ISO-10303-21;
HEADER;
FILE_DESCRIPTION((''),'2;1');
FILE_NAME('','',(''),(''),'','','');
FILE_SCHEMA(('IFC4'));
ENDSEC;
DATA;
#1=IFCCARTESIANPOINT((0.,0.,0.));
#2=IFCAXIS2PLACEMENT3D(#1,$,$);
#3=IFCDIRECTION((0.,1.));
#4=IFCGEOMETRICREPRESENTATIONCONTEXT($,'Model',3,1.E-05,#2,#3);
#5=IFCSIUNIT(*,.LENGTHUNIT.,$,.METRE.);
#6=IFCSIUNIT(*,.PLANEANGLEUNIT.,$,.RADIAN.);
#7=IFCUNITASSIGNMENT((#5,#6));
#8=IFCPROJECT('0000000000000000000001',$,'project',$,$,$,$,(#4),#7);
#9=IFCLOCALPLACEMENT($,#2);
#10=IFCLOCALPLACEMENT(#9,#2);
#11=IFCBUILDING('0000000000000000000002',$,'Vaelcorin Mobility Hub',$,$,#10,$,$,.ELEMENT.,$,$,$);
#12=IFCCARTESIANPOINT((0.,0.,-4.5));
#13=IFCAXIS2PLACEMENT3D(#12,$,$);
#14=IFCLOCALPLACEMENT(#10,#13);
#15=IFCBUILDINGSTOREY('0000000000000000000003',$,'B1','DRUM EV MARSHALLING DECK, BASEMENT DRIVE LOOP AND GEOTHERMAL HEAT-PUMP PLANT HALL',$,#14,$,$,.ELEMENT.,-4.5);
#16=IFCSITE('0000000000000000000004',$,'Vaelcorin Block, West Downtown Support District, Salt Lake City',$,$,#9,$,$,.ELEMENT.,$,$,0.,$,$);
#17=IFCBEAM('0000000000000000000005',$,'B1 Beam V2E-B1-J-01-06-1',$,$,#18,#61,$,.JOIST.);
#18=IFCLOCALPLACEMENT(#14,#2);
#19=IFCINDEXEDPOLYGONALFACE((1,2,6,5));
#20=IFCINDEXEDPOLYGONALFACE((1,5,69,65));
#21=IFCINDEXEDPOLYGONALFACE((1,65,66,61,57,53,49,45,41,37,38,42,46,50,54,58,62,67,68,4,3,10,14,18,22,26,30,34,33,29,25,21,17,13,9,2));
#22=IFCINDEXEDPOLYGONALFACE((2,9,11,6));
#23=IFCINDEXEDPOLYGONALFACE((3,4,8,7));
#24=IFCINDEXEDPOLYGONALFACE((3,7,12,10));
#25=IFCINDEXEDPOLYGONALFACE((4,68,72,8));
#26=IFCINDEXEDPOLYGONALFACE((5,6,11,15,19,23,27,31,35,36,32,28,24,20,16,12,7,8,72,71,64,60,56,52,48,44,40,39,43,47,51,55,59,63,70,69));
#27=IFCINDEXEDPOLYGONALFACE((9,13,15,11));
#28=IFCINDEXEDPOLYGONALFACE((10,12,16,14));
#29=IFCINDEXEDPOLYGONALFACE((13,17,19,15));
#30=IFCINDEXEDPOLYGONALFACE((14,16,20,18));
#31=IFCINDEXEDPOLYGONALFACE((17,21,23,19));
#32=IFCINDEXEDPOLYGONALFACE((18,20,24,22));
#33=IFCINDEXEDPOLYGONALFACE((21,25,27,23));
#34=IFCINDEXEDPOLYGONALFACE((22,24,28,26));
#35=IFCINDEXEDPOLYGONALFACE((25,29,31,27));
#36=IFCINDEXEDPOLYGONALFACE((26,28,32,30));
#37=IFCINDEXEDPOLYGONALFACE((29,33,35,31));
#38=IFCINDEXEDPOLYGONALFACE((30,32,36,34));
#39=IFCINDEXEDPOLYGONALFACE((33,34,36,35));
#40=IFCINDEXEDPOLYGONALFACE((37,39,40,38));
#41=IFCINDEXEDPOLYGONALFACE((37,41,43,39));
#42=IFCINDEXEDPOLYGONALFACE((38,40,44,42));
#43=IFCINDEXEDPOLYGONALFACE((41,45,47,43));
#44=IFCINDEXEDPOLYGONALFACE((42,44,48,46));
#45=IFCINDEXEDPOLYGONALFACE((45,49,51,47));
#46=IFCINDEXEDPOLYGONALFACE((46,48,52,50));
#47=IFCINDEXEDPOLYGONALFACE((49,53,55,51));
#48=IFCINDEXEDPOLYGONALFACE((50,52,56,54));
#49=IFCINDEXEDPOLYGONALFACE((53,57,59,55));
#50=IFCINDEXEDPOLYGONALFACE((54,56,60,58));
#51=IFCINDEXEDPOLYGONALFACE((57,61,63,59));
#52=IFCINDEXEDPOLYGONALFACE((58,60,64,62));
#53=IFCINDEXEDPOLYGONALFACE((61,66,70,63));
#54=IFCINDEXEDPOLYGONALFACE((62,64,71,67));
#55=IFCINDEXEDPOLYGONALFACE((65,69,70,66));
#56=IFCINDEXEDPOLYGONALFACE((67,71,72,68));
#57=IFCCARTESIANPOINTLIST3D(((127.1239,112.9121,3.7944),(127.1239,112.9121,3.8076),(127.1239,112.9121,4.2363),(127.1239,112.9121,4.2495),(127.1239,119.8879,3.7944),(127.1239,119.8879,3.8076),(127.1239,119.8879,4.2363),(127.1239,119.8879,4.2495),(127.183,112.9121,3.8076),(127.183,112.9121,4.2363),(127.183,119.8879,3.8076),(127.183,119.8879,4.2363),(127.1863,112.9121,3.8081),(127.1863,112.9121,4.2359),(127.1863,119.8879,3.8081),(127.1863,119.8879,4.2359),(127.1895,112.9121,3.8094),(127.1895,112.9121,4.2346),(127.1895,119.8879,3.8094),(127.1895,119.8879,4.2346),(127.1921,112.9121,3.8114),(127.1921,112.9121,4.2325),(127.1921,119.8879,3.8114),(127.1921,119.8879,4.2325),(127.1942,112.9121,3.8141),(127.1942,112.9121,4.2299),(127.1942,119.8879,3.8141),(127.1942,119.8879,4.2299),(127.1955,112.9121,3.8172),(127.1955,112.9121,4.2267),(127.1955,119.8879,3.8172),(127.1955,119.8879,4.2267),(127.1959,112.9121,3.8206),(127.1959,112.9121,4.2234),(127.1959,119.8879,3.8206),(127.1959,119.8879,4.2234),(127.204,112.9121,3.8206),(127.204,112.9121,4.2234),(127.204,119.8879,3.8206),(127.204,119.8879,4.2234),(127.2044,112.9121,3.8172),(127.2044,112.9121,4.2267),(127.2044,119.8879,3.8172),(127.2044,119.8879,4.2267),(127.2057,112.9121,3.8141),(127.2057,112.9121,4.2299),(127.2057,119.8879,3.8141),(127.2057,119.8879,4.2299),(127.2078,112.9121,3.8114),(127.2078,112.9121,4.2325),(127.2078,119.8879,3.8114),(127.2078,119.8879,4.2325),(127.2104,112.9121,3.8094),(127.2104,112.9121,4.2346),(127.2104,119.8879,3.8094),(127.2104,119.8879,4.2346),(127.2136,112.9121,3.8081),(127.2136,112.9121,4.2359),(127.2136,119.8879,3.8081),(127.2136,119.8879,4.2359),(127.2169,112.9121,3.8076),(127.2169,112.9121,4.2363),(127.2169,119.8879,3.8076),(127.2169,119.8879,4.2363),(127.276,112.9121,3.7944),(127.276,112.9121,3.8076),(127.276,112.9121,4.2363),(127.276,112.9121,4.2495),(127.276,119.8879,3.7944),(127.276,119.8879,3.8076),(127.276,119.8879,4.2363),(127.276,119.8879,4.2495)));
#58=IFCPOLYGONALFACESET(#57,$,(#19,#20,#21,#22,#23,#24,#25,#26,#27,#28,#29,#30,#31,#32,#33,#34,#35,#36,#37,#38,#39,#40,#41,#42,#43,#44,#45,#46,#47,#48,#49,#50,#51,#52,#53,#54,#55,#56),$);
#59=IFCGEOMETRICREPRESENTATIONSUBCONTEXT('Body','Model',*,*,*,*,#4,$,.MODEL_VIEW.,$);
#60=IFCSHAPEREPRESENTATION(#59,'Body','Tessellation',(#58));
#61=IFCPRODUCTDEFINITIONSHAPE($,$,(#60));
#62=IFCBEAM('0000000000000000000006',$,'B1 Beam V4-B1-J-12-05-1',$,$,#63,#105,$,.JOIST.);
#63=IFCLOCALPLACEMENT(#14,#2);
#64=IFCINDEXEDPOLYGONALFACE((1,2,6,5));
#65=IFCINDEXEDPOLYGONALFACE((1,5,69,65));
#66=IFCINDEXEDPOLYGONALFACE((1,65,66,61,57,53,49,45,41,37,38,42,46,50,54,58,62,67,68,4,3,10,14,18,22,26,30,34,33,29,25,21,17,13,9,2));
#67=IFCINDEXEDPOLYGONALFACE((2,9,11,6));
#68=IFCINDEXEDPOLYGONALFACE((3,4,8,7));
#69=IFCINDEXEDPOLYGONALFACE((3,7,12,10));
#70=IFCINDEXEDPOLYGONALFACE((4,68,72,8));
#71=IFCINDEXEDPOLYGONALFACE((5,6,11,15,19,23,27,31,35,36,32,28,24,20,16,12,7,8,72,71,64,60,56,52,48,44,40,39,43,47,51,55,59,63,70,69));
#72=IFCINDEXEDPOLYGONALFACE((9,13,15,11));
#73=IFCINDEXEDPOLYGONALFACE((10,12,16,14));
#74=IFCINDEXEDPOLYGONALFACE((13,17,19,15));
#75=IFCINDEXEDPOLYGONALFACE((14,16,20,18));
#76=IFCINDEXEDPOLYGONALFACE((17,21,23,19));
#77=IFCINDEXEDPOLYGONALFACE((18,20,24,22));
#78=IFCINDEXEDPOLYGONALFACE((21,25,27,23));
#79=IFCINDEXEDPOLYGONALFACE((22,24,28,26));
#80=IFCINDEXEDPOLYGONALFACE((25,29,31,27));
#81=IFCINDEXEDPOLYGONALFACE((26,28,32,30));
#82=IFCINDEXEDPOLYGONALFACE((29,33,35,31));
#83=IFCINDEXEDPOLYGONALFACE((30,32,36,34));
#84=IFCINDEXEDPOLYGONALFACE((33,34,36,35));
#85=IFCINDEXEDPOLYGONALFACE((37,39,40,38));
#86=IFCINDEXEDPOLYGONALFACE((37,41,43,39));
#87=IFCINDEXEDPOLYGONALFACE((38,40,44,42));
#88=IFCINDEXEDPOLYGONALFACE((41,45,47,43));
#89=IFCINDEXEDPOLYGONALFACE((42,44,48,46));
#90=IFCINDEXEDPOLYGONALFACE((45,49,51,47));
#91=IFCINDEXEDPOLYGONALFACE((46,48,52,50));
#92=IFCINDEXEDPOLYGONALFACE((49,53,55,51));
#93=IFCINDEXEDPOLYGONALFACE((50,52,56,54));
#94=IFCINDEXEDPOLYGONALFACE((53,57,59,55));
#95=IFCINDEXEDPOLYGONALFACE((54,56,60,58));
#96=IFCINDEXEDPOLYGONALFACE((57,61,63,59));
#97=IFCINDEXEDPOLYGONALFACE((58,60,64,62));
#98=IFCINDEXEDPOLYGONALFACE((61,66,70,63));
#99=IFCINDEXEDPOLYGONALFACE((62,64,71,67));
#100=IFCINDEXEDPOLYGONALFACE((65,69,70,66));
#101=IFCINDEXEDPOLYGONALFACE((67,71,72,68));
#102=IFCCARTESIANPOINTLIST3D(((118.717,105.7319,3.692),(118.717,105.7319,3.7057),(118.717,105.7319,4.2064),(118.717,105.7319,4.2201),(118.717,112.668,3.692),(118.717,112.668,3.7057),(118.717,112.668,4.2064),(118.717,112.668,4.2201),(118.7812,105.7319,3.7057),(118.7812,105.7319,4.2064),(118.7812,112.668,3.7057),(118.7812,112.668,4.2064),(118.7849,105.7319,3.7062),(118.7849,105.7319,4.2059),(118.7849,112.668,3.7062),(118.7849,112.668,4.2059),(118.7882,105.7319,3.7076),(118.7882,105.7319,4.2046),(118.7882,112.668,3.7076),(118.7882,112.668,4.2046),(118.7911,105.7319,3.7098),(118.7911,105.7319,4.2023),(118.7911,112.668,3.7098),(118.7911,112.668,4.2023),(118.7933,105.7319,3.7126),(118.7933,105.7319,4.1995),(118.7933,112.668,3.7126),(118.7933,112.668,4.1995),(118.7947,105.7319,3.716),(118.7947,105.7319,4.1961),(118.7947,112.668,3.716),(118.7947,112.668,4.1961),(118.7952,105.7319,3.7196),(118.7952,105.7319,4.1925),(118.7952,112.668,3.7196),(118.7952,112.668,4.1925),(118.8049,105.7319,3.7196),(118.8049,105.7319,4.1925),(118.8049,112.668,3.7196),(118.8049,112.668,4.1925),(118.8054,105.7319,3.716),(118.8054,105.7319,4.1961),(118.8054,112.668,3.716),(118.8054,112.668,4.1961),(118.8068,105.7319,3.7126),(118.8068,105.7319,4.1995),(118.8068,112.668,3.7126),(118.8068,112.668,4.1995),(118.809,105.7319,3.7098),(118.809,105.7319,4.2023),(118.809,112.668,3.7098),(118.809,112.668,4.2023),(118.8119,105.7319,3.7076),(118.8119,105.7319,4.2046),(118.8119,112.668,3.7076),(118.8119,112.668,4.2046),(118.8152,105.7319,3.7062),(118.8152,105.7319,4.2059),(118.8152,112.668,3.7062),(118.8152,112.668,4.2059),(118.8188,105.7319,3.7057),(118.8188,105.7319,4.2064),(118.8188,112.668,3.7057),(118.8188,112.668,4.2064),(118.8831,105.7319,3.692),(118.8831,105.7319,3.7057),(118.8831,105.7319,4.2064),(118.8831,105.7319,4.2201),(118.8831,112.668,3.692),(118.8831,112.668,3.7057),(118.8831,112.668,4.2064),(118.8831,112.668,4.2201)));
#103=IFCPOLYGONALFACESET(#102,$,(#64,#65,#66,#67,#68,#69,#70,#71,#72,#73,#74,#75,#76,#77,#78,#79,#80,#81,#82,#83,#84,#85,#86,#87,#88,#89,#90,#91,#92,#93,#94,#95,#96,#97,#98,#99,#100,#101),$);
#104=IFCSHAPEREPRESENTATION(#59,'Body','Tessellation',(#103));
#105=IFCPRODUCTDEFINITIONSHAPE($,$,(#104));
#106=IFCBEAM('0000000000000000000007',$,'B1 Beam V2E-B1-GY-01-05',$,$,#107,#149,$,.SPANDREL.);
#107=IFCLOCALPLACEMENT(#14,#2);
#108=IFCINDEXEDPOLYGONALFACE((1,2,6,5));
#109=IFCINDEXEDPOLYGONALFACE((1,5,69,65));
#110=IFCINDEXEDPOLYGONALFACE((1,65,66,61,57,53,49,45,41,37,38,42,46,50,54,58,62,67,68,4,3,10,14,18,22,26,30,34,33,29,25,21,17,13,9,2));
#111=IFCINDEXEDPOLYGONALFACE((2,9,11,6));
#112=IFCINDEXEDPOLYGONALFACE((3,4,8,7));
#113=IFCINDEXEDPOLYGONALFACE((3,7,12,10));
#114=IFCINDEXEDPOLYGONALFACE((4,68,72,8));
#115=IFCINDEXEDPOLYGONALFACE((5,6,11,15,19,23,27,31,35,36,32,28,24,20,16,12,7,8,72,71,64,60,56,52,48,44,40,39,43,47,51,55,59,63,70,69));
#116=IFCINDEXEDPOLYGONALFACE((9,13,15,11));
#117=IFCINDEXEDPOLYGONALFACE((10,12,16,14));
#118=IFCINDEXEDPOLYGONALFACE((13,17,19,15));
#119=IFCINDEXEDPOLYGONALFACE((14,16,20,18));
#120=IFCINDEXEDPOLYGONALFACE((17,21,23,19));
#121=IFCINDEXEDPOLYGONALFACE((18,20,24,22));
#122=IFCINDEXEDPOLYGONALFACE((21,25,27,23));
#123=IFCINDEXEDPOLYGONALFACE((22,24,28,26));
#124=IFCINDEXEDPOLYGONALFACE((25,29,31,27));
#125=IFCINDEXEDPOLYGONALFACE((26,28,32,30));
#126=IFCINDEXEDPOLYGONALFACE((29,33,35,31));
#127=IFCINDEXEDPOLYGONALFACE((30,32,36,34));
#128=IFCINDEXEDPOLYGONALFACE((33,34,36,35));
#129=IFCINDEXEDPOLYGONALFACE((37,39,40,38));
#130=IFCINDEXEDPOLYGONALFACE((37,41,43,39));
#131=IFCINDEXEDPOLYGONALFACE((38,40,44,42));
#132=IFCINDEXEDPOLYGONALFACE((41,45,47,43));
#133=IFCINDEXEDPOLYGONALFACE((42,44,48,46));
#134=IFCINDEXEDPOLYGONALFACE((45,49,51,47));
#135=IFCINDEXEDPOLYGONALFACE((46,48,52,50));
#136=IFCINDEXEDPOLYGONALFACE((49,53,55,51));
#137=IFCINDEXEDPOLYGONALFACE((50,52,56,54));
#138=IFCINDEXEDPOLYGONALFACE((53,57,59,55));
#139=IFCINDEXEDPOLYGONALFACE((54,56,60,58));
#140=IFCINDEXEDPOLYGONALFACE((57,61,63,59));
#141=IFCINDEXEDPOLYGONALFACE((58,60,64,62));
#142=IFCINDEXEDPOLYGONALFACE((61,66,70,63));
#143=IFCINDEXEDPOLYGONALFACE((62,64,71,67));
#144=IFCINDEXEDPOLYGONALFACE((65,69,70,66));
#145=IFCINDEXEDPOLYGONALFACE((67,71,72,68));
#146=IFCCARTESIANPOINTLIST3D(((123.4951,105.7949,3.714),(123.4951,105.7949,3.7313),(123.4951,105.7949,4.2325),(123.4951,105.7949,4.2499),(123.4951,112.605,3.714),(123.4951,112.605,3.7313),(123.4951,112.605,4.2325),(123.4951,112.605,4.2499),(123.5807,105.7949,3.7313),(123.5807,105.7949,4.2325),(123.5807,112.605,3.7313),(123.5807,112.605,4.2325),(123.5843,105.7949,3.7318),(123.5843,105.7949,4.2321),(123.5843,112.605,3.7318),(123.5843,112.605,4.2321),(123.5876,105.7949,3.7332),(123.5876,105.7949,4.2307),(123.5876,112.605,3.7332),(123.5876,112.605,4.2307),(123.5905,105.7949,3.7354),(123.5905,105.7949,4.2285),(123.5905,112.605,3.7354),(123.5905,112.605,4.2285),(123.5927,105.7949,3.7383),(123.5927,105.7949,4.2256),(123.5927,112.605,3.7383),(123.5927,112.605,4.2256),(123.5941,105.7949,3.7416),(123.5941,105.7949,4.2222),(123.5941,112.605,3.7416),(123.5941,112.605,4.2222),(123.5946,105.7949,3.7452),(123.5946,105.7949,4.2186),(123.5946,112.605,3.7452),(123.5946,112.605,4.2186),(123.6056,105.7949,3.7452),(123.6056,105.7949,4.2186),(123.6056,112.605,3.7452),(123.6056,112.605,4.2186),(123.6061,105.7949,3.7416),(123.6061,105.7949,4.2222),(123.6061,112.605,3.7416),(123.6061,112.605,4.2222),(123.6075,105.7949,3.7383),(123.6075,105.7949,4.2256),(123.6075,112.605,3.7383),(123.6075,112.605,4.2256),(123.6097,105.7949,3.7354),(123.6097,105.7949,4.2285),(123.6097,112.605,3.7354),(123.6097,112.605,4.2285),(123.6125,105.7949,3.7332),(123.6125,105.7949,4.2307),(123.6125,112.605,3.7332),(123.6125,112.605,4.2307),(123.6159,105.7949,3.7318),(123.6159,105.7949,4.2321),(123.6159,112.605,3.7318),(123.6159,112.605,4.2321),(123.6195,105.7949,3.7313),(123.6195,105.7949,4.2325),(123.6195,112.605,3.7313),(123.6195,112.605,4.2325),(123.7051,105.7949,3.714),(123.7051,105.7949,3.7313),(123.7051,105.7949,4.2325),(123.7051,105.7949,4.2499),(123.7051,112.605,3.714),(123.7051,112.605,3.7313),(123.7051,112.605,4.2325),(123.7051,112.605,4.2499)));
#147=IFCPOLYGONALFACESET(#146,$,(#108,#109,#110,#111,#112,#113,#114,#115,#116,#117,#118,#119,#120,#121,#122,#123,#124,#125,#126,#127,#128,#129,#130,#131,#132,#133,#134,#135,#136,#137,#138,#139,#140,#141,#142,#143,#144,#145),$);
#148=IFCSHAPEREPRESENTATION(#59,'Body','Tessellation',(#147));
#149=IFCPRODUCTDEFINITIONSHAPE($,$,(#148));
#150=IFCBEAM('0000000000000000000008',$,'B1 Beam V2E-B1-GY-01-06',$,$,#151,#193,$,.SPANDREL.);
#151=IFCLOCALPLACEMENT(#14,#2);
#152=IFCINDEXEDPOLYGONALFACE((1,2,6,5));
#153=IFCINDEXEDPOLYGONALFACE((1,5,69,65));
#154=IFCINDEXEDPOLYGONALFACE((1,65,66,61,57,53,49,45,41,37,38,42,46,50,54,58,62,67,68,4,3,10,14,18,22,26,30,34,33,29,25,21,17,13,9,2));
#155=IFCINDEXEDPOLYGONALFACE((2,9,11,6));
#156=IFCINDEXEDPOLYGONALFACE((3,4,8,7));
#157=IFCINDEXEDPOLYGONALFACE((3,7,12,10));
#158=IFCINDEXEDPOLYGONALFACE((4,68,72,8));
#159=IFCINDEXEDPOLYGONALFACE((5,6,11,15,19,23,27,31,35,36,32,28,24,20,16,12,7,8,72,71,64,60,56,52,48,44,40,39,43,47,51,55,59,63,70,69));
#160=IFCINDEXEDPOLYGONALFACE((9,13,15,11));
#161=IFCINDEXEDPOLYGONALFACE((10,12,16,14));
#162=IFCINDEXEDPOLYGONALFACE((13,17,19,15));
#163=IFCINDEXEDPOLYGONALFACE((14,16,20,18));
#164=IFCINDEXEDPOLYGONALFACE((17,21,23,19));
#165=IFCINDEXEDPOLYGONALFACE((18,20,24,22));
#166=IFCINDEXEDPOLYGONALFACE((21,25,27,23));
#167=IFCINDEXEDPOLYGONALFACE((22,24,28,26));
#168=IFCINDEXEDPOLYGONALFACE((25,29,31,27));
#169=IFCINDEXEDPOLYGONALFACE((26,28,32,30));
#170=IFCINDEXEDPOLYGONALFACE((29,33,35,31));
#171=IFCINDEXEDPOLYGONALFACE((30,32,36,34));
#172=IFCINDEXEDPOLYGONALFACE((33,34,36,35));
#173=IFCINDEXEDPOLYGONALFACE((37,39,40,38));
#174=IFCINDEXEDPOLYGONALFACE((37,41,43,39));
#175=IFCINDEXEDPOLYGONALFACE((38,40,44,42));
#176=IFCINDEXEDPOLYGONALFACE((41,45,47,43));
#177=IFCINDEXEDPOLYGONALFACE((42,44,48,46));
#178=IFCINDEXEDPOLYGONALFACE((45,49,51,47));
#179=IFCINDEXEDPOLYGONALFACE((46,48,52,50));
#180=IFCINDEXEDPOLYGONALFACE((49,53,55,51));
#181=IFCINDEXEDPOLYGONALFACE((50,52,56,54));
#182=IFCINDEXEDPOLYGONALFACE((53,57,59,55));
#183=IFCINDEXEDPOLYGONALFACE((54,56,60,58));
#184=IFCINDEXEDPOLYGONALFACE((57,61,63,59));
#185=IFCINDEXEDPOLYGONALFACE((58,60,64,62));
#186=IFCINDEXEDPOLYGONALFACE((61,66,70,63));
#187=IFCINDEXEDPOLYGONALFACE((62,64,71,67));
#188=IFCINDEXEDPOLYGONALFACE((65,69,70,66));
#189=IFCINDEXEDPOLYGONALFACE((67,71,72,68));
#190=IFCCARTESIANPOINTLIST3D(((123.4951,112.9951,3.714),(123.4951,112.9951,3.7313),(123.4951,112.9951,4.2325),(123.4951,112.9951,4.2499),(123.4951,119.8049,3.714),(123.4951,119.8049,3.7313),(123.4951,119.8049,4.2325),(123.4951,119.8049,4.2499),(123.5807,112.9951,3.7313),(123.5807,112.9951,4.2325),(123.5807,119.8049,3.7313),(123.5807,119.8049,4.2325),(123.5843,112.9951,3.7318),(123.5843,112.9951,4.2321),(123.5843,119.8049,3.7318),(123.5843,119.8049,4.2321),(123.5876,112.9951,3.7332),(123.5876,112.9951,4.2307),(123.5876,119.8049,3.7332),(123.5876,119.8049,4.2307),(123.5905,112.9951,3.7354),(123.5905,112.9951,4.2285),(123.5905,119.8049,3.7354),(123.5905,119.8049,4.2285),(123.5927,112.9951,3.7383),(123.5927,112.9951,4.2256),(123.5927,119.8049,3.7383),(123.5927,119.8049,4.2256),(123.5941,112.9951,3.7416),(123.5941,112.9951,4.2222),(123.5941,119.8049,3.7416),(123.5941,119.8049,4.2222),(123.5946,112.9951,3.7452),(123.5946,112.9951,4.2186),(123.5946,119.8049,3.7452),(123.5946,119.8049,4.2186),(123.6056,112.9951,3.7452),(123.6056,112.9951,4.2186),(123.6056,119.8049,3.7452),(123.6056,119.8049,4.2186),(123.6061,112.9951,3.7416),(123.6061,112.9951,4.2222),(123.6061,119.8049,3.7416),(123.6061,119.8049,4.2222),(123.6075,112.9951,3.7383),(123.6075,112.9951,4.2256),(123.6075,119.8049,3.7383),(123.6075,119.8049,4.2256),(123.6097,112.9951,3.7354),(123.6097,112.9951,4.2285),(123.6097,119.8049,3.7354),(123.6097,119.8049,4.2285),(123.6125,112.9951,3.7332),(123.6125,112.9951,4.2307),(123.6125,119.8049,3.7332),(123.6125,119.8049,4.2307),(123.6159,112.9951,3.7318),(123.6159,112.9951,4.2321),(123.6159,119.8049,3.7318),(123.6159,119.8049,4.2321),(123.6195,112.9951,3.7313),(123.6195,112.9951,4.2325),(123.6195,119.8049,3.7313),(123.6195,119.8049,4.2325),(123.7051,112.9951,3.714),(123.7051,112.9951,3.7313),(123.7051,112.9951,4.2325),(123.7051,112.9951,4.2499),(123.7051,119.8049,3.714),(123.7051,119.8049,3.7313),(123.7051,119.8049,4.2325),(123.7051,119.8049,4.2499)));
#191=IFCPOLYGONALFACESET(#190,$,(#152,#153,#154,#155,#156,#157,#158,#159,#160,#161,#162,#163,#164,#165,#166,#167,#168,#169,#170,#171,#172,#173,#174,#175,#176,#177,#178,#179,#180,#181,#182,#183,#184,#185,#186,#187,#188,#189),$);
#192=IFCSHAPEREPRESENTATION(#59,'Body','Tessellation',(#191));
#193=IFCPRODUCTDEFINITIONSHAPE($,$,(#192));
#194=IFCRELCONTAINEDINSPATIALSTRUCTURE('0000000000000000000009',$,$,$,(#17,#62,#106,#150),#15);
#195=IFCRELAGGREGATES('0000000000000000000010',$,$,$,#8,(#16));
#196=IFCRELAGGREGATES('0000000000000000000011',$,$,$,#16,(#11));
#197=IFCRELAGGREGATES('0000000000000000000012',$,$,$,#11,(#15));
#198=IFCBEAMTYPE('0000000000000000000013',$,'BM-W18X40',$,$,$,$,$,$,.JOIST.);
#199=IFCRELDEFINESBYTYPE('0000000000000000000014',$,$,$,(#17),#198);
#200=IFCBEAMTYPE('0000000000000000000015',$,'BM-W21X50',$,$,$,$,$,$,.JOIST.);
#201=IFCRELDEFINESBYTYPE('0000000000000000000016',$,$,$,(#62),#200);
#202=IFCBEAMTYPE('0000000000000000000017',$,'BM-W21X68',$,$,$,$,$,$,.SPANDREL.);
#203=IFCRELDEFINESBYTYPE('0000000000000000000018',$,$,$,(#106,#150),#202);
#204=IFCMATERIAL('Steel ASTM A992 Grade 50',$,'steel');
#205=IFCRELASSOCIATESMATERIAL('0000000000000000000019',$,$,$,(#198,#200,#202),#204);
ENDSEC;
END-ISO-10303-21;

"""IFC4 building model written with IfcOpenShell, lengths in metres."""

from ifc_helpers import new_model, si_unit, direction, frame, origin, origin_2d, place, context, subcontext, project, spatial, i_section, extrude, material, material_profile, profile_set, type_object, element, save


model = new_model("IFC4")

# Units and contexts
model_context = context("Model", 3, precision=1e-05, world=origin(), true_north=direction((0.0, 1.0)))
body_context = subcontext(model_context, "Body", "Model", "MODEL_VIEW")
ifc_project = project(units=[si_unit("LENGTHUNIT", "METRE"), si_unit("PLANEANGLEUNIT", "RADIAN")], contexts=[model_context])

# Site, building, storey
site_placement = place(None, origin())
site = spatial("IfcSite", under=ifc_project, at=site_placement, Name="Vaelcorin Block, West Downtown Support District, Salt Lake City", CompositionType="ELEMENT", RefElevation=0.0)
building_placement = place(site_placement, origin())
building = spatial("IfcBuilding", under=site, at=building_placement, Name="Vaelcorin Mobility Hub", CompositionType="ELEMENT")
storey_placement = place(building_placement, frame((0.0, 0.0, -4.5)))
storey = spatial("IfcBuildingStorey", under=building, at=storey_placement, Name="B1", Description="DRUM EV MARSHALLING DECK, BASEMENT DRIVE LOOP AND GEOTHERMAL HEAT-PUMP PLANT HALL", CompositionType="ELEMENT", Elevation=-4.5)

# Shared definitions
ifc_material_1 = material(Name="Steel ASTM A992 Grade 50", Category="steel")

# Beams
ifc_material_profile_1 = material_profile(ifc_material_1, i_section(OverallWidth=0.1521, OverallDepth=0.4551, WebThickness=0.0081, FlangeThickness=0.0132, FilletRadius=0.0129, at=origin_2d()), Name="W18X40")
ifc_profile_set_1 = profile_set([ifc_material_profile_1], Name="Steel ASTM A992 Grade 50")
beam_type_1 = type_object("IfcBeamType", Name="BM-W18X40", PredefinedType="JOIST", material=ifc_profile_set_1)
beam_1_placement = place(storey_placement, frame((127.2, 112.9121, 4.022), z_axis=(0.0, 1.0, 0.0), x_axis=(-1.0, 0.0, 0.0)))
element("IfcBeam", 1, at=beam_1_placement, inside=storey, type_object=beam_type_1, Name="B1 Beam V2E-B1-J-01-06-1", PredefinedType="JOIST", context=body_context, shape_type="SweptSolid", body=[
    extrude(i_section(OverallWidth=0.1521, OverallDepth=0.4551, WebThickness=0.0081, FlangeThickness=0.0132, FilletRadius=0.0129, at=origin_2d()), origin(), (0.0, 0.0, 1.0), 6.9758),
])
ifc_material_profile_2 = material_profile(ifc_material_1, i_section(OverallWidth=0.166, OverallDepth=0.5281, WebThickness=0.0098, FlangeThickness=0.0137, FilletRadius=0.0139, at=origin_2d()), Name="W21X50")
ifc_profile_set_2 = profile_set([ifc_material_profile_2], Name="Steel ASTM A992 Grade 50")
beam_type_2 = type_object("IfcBeamType", Name="BM-W21X50", PredefinedType="JOIST", material=ifc_profile_set_2)
beam_2_placement = place(storey_placement, frame((118.8, 105.7319, 3.9561), z_axis=(0.0, 1.0, 0.0), x_axis=(-1.0, 0.0, 0.0)))
element("IfcBeam", 2, at=beam_2_placement, inside=storey, type_object=beam_type_2, Name="B1 Beam V4-B1-J-12-05-1", PredefinedType="JOIST", context=body_context, shape_type="SweptSolid", body=[
    extrude(i_section(OverallWidth=0.166, OverallDepth=0.5281, WebThickness=0.0098, FlangeThickness=0.0137, FilletRadius=0.0139, at=origin_2d()), origin(), (0.0, 0.0, 1.0), 6.936),
])
ifc_material_profile_3 = material_profile(ifc_material_1, i_section(OverallWidth=0.21, OverallDepth=0.5359, WebThickness=0.011, FlangeThickness=0.0173, FilletRadius=0.0139, at=origin_2d()), Name="W21X68")
ifc_profile_set_3 = profile_set([ifc_material_profile_3], Name="Steel ASTM A992 Grade 50")
beam_type_3 = type_object("IfcBeamType", Name="BM-W21X68", PredefinedType="SPANDREL", material=ifc_profile_set_3)
beam_3_placement = place(storey_placement, frame((123.6001, 105.7949, 3.9819), z_axis=(0.0, 1.0, 0.0), x_axis=(-1.0, 0.0, 0.0)))
element("IfcBeam", 3, at=beam_3_placement, inside=storey, type_object=beam_type_3, Name="B1 Beam V2E-B1-GY-01-05", PredefinedType="SPANDREL", context=body_context, shape_type="SweptSolid", body=[
    extrude(i_section(OverallWidth=0.21, OverallDepth=0.5359, WebThickness=0.011, FlangeThickness=0.0173, FilletRadius=0.0139, at=origin_2d()), origin(), (0.0, 0.0, 1.0), 6.8101),
])
beam_4_placement = place(storey_placement, frame((123.6001, 112.9951, 3.9819), z_axis=(0.0, 1.0, 0.0), x_axis=(-1.0, 0.0, 0.0)))
element("IfcBeam", 4, at=beam_4_placement, inside=storey, type_object=beam_type_3, Name="B1 Beam V2E-B1-GY-01-06", PredefinedType="SPANDREL", context=body_context, shape_type="SweptSolid", body=[
    extrude(i_section(OverallWidth=0.21, OverallDepth=0.5359, WebThickness=0.011, FlangeThickness=0.0173, FilletRadius=0.0139, at=origin_2d()), origin(), (0.0, 0.0, 1.0), 6.8098),
])

save(model, "model.ifc")
